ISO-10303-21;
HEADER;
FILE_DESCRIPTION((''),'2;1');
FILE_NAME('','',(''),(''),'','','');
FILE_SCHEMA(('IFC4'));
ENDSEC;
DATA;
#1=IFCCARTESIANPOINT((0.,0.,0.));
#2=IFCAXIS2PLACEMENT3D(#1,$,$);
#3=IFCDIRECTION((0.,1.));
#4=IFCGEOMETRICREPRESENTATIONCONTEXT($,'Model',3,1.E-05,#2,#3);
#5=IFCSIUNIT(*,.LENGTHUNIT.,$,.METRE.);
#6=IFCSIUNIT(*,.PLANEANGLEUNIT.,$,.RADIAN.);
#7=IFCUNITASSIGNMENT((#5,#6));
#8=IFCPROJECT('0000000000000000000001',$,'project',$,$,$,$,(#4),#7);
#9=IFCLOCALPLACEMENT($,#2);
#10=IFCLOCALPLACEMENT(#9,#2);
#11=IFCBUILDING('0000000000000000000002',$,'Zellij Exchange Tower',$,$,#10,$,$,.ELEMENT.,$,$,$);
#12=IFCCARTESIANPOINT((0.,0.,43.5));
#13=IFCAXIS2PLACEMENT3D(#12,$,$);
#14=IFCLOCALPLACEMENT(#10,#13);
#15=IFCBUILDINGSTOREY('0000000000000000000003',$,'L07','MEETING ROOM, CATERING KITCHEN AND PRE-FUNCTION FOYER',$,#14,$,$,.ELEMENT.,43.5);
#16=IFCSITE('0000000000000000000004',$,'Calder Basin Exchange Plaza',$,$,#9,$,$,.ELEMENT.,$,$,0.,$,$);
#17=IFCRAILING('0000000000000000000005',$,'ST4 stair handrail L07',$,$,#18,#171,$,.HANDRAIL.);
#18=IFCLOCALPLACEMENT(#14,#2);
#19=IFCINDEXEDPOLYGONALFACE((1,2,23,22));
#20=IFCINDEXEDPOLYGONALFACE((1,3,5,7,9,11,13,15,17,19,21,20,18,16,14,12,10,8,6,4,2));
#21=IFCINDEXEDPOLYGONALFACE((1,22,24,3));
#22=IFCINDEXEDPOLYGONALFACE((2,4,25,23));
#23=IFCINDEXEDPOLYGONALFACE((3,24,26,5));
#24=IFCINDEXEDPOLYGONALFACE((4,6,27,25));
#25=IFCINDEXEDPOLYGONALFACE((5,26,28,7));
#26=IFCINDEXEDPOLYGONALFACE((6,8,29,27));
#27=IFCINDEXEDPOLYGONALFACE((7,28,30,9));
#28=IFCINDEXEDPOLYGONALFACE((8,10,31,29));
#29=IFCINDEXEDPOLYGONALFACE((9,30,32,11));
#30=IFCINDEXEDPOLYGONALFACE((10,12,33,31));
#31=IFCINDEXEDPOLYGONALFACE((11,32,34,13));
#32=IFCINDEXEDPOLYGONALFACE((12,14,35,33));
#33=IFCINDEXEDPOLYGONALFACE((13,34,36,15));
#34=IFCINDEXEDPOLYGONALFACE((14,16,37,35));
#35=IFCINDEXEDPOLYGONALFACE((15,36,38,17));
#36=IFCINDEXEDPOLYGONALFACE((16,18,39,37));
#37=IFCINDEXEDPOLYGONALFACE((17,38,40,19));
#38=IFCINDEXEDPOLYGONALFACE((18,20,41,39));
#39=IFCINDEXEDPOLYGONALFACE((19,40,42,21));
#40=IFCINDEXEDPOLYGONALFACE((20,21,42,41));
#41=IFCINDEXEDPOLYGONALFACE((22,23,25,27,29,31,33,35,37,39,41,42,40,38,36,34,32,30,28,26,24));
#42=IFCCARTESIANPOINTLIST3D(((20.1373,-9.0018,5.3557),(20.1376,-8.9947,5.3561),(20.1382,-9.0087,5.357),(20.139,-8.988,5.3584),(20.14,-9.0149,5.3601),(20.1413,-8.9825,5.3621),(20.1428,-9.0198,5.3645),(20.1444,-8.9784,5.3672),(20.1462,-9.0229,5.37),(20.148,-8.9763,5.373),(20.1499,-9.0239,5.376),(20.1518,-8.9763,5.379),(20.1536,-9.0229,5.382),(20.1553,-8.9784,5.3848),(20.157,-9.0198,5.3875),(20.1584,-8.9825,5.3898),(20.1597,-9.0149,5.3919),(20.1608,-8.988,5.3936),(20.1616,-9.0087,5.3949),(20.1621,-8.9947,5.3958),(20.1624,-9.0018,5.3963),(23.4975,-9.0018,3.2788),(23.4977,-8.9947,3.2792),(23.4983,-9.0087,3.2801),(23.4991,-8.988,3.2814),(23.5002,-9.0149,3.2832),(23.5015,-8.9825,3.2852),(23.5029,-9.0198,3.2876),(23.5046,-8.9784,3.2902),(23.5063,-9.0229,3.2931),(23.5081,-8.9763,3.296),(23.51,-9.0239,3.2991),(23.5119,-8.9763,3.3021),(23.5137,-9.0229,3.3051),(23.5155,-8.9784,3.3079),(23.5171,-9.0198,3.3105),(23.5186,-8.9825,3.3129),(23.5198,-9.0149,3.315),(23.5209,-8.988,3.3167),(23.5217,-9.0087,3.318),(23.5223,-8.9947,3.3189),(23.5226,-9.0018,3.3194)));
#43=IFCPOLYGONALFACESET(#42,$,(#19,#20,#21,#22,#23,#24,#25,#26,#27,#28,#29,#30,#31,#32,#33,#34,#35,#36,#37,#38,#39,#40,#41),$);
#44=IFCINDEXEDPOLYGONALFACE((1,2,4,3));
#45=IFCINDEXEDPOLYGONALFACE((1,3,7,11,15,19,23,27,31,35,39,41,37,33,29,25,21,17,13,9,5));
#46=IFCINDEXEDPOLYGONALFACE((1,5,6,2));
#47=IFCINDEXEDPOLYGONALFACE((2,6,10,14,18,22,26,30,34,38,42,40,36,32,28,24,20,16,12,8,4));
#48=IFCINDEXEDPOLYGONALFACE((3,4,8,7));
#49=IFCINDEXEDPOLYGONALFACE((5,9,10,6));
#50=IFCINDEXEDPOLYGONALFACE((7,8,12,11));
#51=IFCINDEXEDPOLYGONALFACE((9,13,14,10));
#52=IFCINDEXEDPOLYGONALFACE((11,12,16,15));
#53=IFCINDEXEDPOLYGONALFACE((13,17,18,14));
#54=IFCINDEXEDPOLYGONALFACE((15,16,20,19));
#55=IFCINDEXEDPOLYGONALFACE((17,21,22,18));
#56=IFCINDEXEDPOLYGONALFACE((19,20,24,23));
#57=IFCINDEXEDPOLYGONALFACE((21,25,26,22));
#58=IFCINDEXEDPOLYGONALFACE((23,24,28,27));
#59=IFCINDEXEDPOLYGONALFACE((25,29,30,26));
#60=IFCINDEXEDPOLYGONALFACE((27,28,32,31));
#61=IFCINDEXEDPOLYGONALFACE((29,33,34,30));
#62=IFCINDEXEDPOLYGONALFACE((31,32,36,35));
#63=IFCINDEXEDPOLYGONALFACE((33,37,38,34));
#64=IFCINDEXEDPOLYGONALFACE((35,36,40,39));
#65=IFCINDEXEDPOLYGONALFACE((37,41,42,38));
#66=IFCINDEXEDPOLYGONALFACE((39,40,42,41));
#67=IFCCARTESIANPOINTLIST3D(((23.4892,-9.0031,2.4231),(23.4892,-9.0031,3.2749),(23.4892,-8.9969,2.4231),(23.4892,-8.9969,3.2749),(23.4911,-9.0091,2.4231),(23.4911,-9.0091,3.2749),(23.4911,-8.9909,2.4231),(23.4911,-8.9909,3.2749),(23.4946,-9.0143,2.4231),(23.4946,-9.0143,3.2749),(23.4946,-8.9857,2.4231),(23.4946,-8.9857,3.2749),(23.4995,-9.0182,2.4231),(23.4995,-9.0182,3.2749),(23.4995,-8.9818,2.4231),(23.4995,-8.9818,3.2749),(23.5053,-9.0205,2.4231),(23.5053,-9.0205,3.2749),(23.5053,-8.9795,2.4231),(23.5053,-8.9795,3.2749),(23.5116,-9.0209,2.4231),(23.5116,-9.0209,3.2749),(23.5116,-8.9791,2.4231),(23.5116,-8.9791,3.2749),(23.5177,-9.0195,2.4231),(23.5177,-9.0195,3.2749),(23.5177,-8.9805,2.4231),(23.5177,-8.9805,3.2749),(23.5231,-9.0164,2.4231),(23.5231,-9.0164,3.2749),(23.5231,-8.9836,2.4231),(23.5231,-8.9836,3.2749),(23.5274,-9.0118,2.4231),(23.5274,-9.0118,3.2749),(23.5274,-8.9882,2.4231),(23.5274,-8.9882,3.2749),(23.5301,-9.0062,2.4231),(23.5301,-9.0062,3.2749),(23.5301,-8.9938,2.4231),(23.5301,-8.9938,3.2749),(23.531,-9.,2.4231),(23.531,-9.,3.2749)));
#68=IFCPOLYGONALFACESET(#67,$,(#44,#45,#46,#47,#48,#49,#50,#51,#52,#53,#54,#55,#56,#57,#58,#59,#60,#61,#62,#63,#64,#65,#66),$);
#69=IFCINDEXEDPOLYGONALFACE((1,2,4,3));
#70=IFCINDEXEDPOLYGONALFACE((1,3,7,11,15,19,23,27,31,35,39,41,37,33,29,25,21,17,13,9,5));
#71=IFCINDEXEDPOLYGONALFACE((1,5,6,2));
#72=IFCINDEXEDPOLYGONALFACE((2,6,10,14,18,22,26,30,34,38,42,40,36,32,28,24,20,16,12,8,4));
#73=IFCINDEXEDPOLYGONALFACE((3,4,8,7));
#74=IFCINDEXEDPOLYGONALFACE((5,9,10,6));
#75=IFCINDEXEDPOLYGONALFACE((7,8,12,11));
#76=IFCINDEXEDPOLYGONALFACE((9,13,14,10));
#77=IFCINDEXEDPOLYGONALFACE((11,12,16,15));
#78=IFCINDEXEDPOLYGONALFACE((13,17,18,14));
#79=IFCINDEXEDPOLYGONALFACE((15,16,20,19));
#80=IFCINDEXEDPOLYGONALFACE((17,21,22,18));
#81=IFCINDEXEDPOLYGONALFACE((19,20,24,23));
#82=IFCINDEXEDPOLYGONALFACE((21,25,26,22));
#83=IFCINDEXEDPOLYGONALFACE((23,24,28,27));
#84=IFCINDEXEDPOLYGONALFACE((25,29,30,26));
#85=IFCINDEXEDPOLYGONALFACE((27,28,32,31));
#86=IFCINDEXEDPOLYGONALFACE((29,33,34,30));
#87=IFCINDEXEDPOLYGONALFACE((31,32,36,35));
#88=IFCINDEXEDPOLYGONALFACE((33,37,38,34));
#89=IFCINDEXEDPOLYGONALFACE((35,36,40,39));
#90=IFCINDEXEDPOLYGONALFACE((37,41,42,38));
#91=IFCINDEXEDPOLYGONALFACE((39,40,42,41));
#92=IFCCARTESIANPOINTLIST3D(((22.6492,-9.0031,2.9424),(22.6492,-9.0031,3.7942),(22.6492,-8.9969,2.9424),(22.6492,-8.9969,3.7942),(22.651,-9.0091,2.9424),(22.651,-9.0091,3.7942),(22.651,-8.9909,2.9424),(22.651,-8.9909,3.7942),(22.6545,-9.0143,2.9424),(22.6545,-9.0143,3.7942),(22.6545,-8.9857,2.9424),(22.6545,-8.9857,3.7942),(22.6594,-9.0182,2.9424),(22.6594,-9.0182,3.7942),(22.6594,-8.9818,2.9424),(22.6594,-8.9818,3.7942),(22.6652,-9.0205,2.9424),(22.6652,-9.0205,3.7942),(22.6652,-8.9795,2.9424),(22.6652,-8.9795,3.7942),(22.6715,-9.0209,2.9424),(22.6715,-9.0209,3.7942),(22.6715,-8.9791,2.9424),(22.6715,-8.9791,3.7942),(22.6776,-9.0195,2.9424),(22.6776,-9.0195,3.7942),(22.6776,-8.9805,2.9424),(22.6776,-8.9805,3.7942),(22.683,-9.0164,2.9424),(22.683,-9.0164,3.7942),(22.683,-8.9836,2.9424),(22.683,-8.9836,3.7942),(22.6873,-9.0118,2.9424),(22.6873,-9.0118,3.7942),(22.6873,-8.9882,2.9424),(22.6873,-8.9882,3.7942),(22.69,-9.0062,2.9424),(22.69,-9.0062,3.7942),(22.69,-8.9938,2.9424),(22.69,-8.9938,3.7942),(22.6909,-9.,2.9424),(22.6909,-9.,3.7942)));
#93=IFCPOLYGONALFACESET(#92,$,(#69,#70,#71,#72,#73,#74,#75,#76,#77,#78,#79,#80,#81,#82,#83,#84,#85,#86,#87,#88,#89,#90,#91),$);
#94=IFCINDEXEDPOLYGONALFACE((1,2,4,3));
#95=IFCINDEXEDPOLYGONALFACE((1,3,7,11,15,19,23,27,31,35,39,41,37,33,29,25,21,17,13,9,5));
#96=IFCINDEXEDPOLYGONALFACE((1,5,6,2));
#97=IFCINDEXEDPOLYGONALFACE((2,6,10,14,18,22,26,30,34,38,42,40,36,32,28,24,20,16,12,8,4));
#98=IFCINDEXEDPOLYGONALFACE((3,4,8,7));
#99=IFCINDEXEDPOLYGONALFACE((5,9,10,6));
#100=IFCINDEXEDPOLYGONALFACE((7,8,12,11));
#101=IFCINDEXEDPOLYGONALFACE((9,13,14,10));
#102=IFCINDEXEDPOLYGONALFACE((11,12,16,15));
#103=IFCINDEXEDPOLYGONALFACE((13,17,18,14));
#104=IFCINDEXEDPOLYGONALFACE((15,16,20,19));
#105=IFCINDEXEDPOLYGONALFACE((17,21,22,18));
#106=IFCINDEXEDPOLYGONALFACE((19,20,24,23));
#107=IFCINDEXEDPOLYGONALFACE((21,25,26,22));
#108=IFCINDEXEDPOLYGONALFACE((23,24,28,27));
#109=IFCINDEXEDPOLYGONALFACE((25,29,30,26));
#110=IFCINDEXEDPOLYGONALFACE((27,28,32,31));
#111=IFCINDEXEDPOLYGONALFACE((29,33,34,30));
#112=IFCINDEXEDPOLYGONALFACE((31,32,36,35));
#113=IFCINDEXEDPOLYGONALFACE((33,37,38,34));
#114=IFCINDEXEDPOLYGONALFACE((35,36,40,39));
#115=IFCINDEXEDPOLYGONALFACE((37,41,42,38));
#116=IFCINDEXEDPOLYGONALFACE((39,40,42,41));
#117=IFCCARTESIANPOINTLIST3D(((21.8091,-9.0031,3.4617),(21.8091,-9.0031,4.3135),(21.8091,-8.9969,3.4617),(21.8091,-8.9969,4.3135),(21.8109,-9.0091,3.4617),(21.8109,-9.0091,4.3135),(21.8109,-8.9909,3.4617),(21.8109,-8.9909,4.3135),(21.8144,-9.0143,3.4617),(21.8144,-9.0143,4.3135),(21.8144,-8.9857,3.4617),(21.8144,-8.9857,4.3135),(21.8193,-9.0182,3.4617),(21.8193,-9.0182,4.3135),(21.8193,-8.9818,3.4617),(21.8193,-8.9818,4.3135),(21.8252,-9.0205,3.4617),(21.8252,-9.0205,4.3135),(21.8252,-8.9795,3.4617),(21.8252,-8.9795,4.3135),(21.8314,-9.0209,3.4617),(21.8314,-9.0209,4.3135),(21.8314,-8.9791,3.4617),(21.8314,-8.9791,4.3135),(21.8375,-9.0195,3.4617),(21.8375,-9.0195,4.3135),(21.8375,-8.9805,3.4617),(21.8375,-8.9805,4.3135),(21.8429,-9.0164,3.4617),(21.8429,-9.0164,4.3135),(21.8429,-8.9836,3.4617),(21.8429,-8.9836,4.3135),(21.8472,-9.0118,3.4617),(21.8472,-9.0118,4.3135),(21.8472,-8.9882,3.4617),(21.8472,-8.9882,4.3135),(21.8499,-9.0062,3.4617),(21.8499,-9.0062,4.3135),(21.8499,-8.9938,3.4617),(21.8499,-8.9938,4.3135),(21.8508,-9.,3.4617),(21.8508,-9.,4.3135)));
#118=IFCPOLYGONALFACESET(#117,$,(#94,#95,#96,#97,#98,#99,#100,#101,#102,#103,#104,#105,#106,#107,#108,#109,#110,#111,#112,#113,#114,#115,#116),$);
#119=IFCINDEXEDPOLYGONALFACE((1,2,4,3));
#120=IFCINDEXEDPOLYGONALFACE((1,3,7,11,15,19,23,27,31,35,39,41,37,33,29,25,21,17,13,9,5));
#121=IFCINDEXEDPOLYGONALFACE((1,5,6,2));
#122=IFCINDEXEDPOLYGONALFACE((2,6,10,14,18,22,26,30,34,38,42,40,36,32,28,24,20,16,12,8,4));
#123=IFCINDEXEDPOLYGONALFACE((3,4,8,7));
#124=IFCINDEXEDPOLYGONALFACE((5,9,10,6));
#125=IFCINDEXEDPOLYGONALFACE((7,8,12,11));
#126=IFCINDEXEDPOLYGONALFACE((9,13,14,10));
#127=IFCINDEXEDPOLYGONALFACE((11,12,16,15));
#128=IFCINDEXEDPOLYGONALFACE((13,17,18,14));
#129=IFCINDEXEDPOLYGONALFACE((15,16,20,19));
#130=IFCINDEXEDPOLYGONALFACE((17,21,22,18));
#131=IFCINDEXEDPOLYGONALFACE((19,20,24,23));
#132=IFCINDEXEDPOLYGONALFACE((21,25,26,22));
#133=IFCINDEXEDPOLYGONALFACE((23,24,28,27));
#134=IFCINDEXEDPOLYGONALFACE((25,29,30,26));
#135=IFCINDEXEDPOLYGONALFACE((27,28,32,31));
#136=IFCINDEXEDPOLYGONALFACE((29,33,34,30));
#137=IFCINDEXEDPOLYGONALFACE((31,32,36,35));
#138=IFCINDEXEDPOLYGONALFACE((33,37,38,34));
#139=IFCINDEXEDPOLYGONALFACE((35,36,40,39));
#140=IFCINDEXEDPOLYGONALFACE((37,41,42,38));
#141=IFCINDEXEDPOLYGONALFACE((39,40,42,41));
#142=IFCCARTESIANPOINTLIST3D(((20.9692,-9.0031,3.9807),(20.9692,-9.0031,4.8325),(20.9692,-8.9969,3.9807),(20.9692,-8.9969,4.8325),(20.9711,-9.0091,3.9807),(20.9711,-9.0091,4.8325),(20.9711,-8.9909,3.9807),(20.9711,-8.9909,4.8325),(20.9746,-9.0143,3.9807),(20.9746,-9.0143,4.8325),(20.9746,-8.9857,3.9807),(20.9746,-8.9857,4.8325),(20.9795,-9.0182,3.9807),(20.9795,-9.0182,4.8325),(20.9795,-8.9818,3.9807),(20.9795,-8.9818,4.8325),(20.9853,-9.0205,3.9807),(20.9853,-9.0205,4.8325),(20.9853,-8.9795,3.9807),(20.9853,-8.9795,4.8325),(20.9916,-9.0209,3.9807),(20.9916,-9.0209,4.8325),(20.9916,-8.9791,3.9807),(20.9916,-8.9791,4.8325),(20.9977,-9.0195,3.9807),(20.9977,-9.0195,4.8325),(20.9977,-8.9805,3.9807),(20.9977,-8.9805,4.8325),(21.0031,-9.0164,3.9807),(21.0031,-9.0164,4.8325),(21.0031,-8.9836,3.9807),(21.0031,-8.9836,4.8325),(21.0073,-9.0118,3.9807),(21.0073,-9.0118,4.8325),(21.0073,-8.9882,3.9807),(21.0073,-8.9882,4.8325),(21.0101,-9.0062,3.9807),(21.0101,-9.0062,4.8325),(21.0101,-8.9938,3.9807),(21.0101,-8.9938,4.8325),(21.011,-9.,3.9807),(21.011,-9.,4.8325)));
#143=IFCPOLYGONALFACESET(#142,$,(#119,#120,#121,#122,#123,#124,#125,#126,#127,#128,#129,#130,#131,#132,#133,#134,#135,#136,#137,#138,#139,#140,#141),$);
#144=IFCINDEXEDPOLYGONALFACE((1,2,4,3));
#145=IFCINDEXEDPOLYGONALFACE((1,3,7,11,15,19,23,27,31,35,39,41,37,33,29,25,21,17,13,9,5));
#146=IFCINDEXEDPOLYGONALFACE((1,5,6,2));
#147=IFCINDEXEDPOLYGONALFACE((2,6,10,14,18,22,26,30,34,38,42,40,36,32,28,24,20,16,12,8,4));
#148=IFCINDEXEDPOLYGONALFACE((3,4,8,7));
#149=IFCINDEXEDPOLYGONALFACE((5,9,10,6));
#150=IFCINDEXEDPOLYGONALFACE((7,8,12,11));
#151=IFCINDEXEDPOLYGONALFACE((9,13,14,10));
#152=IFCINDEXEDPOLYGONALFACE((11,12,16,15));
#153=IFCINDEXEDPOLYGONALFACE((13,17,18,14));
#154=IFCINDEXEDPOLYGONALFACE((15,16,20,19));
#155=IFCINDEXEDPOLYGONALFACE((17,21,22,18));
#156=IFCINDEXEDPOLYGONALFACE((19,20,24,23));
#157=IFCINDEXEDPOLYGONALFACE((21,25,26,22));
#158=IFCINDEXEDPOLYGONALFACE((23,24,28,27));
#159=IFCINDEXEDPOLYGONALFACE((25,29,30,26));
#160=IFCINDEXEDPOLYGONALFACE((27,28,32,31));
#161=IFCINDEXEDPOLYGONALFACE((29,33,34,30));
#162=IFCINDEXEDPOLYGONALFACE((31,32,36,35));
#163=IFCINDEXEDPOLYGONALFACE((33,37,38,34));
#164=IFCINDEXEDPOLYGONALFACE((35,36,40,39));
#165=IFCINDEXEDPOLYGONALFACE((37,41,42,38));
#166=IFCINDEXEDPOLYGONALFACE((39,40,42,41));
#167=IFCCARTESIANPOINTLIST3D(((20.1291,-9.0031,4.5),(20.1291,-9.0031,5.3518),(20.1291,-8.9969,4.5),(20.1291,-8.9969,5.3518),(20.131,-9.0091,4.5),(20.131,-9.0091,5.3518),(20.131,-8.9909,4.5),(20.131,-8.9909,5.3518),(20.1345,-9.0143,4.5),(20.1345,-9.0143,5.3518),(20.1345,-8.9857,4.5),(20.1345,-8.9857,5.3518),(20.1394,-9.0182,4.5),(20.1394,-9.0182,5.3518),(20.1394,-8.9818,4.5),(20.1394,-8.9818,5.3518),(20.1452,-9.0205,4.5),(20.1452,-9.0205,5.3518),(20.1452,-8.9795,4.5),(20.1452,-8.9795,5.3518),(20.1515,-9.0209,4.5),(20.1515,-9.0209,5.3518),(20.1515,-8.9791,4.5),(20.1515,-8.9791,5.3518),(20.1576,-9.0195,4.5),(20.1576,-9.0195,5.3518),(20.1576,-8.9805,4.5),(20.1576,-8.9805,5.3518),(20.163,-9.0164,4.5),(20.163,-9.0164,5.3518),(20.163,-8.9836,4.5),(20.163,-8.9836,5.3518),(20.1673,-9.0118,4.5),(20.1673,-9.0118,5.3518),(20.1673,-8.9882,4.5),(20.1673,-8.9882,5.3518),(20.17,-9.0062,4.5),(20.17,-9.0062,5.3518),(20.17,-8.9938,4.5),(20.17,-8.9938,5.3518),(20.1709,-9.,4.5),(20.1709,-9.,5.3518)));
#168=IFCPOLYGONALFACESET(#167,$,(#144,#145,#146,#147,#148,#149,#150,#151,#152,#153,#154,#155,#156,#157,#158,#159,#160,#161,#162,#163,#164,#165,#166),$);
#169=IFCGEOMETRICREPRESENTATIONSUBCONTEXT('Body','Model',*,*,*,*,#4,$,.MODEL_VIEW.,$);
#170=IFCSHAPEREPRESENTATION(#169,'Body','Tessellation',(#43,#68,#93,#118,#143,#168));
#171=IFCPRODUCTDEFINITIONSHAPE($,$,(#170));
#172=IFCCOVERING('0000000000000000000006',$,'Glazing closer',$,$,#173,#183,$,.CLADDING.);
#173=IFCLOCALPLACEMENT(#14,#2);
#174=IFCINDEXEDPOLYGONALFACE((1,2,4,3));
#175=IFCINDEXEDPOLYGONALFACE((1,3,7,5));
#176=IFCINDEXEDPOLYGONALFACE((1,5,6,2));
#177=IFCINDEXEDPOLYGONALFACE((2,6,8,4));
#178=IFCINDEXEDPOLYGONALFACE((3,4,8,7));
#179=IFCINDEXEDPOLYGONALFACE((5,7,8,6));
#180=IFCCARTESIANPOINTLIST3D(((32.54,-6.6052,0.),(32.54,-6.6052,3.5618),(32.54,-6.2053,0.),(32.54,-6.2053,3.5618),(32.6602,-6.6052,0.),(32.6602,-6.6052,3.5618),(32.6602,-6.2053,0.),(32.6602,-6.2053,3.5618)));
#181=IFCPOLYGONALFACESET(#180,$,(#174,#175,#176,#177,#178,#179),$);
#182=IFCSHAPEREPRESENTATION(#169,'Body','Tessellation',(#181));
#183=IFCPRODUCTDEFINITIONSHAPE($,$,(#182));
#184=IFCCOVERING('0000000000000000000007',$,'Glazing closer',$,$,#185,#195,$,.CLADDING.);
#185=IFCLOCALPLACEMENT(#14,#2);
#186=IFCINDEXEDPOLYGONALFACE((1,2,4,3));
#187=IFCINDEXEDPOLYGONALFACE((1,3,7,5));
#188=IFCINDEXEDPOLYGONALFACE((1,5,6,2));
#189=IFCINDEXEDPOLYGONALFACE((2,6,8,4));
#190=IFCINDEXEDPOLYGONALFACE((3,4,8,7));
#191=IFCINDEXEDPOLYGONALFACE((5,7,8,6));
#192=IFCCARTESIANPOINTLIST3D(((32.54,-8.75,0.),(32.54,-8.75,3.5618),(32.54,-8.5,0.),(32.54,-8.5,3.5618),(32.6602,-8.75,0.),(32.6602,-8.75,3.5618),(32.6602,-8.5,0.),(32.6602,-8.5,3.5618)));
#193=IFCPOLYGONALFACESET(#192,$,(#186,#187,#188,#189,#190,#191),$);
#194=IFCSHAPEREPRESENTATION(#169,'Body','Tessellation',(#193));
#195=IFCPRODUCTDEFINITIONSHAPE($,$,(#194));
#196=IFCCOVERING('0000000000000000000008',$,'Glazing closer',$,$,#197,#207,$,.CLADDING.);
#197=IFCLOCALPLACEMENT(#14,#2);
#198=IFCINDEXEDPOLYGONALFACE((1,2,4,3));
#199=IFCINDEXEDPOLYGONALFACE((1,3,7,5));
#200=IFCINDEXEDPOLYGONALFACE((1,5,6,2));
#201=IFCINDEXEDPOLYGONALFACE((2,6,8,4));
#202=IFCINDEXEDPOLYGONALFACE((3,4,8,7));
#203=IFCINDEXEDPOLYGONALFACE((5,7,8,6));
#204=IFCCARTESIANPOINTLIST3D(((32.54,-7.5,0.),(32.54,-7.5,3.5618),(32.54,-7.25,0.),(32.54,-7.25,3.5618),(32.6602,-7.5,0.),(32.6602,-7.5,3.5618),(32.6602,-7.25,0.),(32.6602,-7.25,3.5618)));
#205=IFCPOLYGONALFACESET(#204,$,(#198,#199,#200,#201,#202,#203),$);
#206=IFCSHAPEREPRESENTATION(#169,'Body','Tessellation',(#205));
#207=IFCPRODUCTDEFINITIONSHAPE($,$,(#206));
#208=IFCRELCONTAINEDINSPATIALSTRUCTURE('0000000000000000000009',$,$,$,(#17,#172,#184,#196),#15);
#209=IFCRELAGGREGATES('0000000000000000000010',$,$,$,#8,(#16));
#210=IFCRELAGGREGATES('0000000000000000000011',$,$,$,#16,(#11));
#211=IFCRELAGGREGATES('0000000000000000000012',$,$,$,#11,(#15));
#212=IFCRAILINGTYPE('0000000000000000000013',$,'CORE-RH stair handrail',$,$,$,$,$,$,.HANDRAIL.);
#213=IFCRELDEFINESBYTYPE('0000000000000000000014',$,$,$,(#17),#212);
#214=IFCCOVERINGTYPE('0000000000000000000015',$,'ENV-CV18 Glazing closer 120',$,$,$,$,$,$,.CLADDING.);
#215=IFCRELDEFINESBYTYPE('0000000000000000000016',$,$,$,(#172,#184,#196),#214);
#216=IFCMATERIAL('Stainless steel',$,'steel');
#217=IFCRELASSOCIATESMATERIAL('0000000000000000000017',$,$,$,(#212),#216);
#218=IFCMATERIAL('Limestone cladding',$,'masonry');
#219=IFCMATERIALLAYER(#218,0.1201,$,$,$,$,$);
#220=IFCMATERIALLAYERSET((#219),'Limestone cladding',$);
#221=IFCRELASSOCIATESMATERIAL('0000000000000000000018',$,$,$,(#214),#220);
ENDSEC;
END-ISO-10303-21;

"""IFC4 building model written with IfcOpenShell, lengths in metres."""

from ifc_helpers import new_model, si_unit, direction, frame, origin, origin_2d, place, context, subcontext, project, spatial, rectangle, circle, extrude, material, layer, layer_set, type_object, element, save


model = new_model("IFC4")

# Units and contexts
model_context = context("Model", 3, precision=1e-05, world=origin(), true_north=direction((0.0, 1.0)))
body_context = subcontext(model_context, "Body", "Model", "MODEL_VIEW")
ifc_project = project(units=[si_unit("LENGTHUNIT", "METRE"), si_unit("PLANEANGLEUNIT", "RADIAN")], contexts=[model_context])

# Site, building, storey
site_placement = place(None, origin())
site = spatial("IfcSite", under=ifc_project, at=site_placement, Name="Calder Basin Exchange Plaza", CompositionType="ELEMENT", RefElevation=0.0)
building_placement = place(site_placement, origin())
building = spatial("IfcBuilding", under=site, at=building_placement, Name="Zellij Exchange Tower", CompositionType="ELEMENT")
storey_placement = place(building_placement, frame((0.0, 0.0, 43.5)))
storey = spatial("IfcBuildingStorey", under=building, at=storey_placement, Name="L07", Description="MEETING ROOM, CATERING KITCHEN AND PRE-FUNCTION FOYER", CompositionType="ELEMENT", Elevation=43.5)

# Railing
ifc_material_1 = material(Name="Stainless steel", Category="steel")
railing_type = type_object("IfcRailingType", Name="CORE-RH stair handrail", PredefinedType="HANDRAIL", material=ifc_material_1)
railing_placement = place(storey_placement, frame((23.51, -9.0, 2.4231)))
element("IfcRailing", 1, at=railing_placement, inside=storey, type_object=railing_type, Name="ST4 stair handrail L07", PredefinedType="HANDRAIL", context=body_context, shape_type="SweptSolid", body=[
    extrude(circle(Radius=0.0239, at=origin_2d()), frame((0.0, 0.0, 0.876), z_axis=(-0.850623, 0.0, 0.525776), x_axis=(0.0, -1.0, 0.0)), (0.0, 0.0, 1.0), 3.9502),
    extrude(circle(Radius=0.021, at=origin_2d()), origin(), (0.0, 0.0, 1.0), 0.8518),
    extrude(circle(Radius=0.021, at=origin_2d()), frame((-0.8401, 0.0, 0.5193)), (0.0, 0.0, 1.0), 0.8518),
    extrude(circle(Radius=0.021, at=origin_2d()), frame((-1.6802, 0.0, 1.0386)), (0.0, 0.0, 1.0), 0.8518),
    extrude(circle(Radius=0.021, at=origin_2d()), frame((-2.52, 0.0, 1.5576)), (0.0, 0.0, 1.0), 0.8518),
    extrude(circle(Radius=0.021, at=origin_2d()), frame((-3.3601, 0.0, 2.0769)), (0.0, 0.0, 1.0), 0.8518),
])

# Coverings
ifc_material_2 = material(Name="Limestone cladding", Category="masonry")
ifc_layer_1 = layer(ifc_material_2, 0.1201)
ifc_layer_set_1 = layer_set([ifc_layer_1], Name="Limestone cladding")
covering_type = type_object("IfcCoveringType", Name="ENV-CV18 Glazing closer 120", PredefinedType="CLADDING", material=ifc_layer_set_1)
covering_placement = place(storey_placement, frame((32.6001, -6.4053, 0.0), z_axis=(0.0, 0.0, 1.0), x_axis=(0.0, 1.0, 0.0)))
element("IfcCovering", 2, at=covering_placement, inside=storey, type_object=covering_type, Name="Glazing closer", PredefinedType="CLADDING", context=body_context, shape_type="SweptSolid", body=[
    extrude(rectangle(XDim=0.3999, YDim=0.1201, at=origin_2d()), origin(), (0.0, 0.0, 1.0), 3.5618),
])
for number, where, z_axis, x_axis, name in (
    (3, (32.6001, -8.625, 0.0), (0.0, 0.0, 1.0), (0.0, 1.0, 0.0), "Glazing closer"),
    (4, (32.6001, -7.375, 0.0), (0.0, 0.0, 1.0), (0.0, -1.0, 0.0), "Glazing closer"),
):
    element("IfcCovering", number, at=place(storey_placement, frame(where, z_axis=z_axis, x_axis=x_axis)), inside=storey, type_object=covering_type, Name=name, PredefinedType="CLADDING", context=body_context, shape_type="SweptSolid", body=[
        extrude(rectangle(XDim=0.25, YDim=0.1201, at=origin_2d()), origin(), (0.0, 0.0, 1.0), 3.5618),
    ])

save(model, "model.ifc")
